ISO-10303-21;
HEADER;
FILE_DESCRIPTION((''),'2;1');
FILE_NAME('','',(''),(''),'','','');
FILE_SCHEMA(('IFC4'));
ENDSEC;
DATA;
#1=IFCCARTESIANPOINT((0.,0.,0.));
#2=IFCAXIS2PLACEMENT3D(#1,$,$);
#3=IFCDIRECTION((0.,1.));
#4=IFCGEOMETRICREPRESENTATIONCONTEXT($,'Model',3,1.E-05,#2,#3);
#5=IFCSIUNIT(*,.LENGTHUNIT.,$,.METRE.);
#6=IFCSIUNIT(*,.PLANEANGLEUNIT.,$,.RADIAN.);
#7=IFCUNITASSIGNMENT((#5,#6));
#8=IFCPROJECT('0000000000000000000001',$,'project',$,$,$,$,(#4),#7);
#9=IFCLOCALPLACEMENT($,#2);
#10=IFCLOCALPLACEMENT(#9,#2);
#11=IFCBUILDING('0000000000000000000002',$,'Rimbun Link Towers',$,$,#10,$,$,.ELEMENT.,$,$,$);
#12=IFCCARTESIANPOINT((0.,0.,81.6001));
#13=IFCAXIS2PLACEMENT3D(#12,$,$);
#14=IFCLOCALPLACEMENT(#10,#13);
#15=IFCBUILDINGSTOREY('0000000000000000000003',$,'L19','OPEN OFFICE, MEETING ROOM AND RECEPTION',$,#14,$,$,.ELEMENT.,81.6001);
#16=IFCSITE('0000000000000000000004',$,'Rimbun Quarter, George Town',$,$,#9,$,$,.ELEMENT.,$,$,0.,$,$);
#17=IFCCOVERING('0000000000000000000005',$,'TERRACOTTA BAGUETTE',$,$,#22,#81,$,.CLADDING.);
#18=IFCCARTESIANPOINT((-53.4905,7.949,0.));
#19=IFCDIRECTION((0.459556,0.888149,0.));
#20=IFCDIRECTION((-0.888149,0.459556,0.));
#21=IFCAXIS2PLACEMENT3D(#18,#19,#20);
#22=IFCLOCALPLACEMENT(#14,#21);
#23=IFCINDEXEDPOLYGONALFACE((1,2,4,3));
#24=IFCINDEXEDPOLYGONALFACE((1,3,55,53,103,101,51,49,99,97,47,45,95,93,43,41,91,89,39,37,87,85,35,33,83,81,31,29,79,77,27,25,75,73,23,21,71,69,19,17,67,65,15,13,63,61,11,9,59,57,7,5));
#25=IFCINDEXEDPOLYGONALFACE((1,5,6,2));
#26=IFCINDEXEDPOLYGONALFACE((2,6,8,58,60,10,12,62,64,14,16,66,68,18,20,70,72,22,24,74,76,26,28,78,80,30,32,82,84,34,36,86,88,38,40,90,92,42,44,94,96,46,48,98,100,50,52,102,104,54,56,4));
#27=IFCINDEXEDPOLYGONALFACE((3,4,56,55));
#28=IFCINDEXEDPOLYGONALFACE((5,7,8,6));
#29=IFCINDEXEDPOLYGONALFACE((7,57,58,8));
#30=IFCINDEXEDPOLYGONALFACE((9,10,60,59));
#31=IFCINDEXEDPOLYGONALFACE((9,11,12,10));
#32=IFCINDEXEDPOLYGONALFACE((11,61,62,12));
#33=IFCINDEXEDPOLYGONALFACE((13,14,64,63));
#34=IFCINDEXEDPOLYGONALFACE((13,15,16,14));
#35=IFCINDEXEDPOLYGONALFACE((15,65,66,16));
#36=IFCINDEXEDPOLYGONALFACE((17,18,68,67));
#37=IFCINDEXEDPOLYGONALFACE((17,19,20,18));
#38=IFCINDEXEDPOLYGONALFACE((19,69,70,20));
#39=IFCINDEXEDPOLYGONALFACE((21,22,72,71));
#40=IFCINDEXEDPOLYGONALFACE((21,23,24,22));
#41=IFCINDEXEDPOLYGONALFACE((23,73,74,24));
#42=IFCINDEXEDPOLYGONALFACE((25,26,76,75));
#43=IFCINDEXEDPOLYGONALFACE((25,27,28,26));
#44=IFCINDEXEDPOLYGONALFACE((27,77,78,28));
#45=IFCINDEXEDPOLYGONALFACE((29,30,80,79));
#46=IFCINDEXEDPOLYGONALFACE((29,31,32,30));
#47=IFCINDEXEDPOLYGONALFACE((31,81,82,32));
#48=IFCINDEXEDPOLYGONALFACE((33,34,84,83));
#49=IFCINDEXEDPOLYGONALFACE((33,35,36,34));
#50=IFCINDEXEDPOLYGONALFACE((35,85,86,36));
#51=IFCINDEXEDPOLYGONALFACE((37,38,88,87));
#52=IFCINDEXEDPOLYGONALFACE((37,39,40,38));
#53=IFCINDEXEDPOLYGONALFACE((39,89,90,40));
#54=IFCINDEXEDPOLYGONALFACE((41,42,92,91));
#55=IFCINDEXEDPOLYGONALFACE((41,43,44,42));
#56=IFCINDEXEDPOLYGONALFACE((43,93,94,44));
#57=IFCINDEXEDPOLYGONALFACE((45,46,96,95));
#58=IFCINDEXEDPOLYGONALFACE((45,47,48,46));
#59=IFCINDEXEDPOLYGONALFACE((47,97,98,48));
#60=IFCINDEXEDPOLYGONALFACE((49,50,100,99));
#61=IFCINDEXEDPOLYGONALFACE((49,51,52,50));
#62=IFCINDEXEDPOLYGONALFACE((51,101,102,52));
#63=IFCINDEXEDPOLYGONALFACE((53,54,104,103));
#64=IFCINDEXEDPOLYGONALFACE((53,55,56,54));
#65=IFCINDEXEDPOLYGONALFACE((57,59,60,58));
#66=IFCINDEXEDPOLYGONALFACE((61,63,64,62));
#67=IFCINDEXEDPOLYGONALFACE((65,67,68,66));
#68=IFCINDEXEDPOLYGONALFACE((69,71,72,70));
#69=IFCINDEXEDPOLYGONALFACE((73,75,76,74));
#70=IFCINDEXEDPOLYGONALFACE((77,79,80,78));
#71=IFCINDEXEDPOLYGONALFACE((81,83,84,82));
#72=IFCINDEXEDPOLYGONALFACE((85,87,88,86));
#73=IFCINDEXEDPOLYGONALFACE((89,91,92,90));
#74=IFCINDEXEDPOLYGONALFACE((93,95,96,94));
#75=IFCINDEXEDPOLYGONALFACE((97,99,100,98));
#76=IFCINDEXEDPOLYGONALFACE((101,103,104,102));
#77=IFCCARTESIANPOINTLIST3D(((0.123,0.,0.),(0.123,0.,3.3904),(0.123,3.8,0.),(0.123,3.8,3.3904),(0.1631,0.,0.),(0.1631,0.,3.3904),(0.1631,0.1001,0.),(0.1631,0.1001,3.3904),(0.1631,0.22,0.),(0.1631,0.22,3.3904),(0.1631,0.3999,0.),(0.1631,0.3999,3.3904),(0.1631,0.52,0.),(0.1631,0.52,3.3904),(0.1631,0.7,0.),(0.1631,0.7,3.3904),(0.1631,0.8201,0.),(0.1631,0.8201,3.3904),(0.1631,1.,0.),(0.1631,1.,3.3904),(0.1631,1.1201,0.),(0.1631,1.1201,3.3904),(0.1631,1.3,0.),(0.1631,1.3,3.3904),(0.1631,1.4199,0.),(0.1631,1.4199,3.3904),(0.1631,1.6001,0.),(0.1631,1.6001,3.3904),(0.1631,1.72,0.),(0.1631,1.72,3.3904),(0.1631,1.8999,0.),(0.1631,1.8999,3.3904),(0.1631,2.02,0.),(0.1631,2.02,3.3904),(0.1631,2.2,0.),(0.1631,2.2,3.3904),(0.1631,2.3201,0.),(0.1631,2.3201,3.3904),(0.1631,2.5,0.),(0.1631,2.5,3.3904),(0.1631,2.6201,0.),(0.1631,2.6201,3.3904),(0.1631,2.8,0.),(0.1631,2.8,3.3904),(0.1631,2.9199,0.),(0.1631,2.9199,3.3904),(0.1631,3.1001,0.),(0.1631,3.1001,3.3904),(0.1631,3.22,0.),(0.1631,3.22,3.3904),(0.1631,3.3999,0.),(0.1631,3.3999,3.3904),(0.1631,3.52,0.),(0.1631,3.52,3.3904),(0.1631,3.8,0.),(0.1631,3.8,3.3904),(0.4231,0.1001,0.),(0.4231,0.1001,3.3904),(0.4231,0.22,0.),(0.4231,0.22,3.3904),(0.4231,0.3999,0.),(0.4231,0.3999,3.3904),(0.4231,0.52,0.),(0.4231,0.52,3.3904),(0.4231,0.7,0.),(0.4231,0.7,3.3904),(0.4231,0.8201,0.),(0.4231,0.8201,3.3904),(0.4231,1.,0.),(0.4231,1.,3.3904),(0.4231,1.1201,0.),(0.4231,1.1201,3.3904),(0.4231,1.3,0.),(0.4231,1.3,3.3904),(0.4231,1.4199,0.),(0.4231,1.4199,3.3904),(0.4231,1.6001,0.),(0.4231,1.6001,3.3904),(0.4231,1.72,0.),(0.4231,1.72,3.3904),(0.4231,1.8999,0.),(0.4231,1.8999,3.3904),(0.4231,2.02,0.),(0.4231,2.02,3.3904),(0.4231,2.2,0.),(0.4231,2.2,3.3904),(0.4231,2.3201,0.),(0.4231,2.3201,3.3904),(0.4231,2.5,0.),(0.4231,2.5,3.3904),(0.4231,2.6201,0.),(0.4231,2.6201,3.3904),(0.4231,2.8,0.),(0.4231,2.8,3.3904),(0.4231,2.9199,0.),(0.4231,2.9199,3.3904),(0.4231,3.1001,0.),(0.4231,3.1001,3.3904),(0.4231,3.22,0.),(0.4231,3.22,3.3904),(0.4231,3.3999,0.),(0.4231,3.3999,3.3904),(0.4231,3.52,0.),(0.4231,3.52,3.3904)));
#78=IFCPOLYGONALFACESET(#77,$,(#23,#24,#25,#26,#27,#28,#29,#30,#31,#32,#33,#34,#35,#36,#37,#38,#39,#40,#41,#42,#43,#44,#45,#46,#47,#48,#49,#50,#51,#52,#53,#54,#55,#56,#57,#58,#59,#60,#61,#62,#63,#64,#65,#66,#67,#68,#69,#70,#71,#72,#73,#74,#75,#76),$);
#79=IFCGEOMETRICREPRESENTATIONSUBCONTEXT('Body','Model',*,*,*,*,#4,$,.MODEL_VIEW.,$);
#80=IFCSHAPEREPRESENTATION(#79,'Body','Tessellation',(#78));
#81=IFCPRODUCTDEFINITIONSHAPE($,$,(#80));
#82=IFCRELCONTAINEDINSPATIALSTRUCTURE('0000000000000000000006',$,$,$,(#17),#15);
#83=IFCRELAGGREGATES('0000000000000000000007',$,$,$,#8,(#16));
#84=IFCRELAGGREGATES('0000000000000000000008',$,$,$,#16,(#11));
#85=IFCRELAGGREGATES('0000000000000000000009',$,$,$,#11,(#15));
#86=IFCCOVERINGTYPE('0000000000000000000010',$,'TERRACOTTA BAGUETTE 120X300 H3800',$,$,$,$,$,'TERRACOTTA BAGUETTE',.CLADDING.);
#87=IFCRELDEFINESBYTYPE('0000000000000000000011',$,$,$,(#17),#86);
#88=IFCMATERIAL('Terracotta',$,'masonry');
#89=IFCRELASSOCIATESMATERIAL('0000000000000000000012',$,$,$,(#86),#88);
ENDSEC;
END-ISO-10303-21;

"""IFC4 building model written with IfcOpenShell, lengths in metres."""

from ifc_helpers import new_model, si_unit, direction, frame, origin, place, context, subcontext, project, spatial, polyline, outline, extrude, material, material_profile, profile_set, type_object, element, save


model = new_model("IFC4")

# Units and contexts
model_context = context("Model", 3, precision=1e-05, world=origin(), true_north=direction((0.0, 1.0)))
body_context = subcontext(model_context, "Body", "Model", "MODEL_VIEW")
ifc_project = project(units=[si_unit("LENGTHUNIT", "METRE"), si_unit("PLANEANGLEUNIT", "RADIAN")], contexts=[model_context])

# Site, building, storey
site_placement = place(None, origin())
site = spatial("IfcSite", under=ifc_project, at=site_placement, Name="Rimbun Quarter, George Town", CompositionType="ELEMENT", RefElevation=0.0)
building_placement = place(site_placement, origin())
building = spatial("IfcBuilding", under=site, at=building_placement, Name="Rimbun Link Towers", CompositionType="ELEMENT")
storey_placement = place(building_placement, frame((0.0, 0.0, 81.6001)))
storey = spatial("IfcBuildingStorey", under=building, at=storey_placement, Name="L19", Description="OPEN OFFICE, MEETING ROOM AND RECEPTION", CompositionType="ELEMENT", Elevation=81.6001)

# Covering
ifc_material_1 = material(Name="Terracotta", Category="masonry")
ifc_material_profile_1 = material_profile(ifc_material_1, outline(polyline([(0.123, 0.0), (0.1631, 0.0), (0.1631, 0.1001), (0.4231, 0.1001), (0.4231, 0.22), (0.1631, 0.22), (0.1631, 0.3999), (0.4231, 0.3999), (0.4231, 0.52), (0.1631, 0.52), (0.1631, 0.7), (0.4231, 0.7), (0.4231, 0.8201), (0.1631, 0.8201), (0.1631, 1.0), (0.4231, 1.0), (0.4231, 1.1201), (0.1631, 1.1201), (0.1631, 1.3), (0.4231, 1.3), (0.4231, 1.4199), (0.1631, 1.4199), (0.1631, 1.6001), (0.4231, 1.6001), (0.4231, 1.72), (0.1631, 1.72), (0.1631, 1.8999), (0.4231, 1.8999), (0.4231, 2.02), (0.1631, 2.02), (0.1631, 2.2), (0.4231, 2.2), (0.4231, 2.3201), (0.1631, 2.3201), (0.1631, 2.5), (0.4231, 2.5), (0.4231, 2.6201), (0.1631, 2.6201), (0.1631, 2.8), (0.4231, 2.8), (0.4231, 2.9199), (0.1631, 2.9199), (0.1631, 3.1001), (0.4231, 3.1001), (0.4231, 3.22), (0.1631, 3.22), (0.1631, 3.3999), (0.4231, 3.3999), (0.4231, 3.52), (0.1631, 3.52), (0.1631, 3.8), (0.123, 3.8), (0.123, 0.0)])), Name="BAGUETTE 120X300")
ifc_profile_set_1 = profile_set([ifc_material_profile_1], Name="Terracotta")
covering_type = type_object("IfcCoveringType", Name="TERRACOTTA BAGUETTE 120X300 H3800", ElementType="TERRACOTTA BAGUETTE", PredefinedType="CLADDING", material=ifc_profile_set_1)
covering_placement = place(storey_placement, frame((-53.4905, 7.949, 0.0), z_axis=(0.459556, 0.888149, 0.0), x_axis=(-0.888149, 0.459556, 0.0)))
element("IfcCovering", 1, at=covering_placement, inside=storey, type_object=covering_type, Name="TERRACOTTA BAGUETTE", PredefinedType="CLADDING", context=body_context, shape_type="SweptSolid", body=[
    extrude(outline(polyline([(0.123, 0.0), (0.1631, 0.0), (0.1631, 0.1001), (0.4231, 0.1001), (0.4231, 0.22), (0.1631, 0.22), (0.1631, 0.3999), (0.4231, 0.3999), (0.4231, 0.52), (0.1631, 0.52), (0.1631, 0.7), (0.4231, 0.7), (0.4231, 0.8201), (0.1631, 0.8201), (0.1631, 1.0), (0.4231, 1.0), (0.4231, 1.1201), (0.1631, 1.1201), (0.1631, 1.3), (0.4231, 1.3), (0.4231, 1.4199), (0.1631, 1.4199), (0.1631, 1.6001), (0.4231, 1.6001), (0.4231, 1.72), (0.1631, 1.72), (0.1631, 1.8999), (0.4231, 1.8999), (0.4231, 2.02), (0.1631, 2.02), (0.1631, 2.2), (0.4231, 2.2), (0.4231, 2.3201), (0.1631, 2.3201), (0.1631, 2.5), (0.4231, 2.5), (0.4231, 2.6201), (0.1631, 2.6201), (0.1631, 2.8), (0.4231, 2.8), (0.4231, 2.9199), (0.1631, 2.9199), (0.1631, 3.1001), (0.4231, 3.1001), (0.4231, 3.22), (0.1631, 3.22), (0.1631, 3.3999), (0.4231, 3.3999), (0.4231, 3.52), (0.1631, 3.52), (0.1631, 3.8), (0.123, 3.8), (0.123, 0.0)])), origin(), (0.0, 0.0, 1.0), 3.3904),
])

save(model, "model.ifc")
